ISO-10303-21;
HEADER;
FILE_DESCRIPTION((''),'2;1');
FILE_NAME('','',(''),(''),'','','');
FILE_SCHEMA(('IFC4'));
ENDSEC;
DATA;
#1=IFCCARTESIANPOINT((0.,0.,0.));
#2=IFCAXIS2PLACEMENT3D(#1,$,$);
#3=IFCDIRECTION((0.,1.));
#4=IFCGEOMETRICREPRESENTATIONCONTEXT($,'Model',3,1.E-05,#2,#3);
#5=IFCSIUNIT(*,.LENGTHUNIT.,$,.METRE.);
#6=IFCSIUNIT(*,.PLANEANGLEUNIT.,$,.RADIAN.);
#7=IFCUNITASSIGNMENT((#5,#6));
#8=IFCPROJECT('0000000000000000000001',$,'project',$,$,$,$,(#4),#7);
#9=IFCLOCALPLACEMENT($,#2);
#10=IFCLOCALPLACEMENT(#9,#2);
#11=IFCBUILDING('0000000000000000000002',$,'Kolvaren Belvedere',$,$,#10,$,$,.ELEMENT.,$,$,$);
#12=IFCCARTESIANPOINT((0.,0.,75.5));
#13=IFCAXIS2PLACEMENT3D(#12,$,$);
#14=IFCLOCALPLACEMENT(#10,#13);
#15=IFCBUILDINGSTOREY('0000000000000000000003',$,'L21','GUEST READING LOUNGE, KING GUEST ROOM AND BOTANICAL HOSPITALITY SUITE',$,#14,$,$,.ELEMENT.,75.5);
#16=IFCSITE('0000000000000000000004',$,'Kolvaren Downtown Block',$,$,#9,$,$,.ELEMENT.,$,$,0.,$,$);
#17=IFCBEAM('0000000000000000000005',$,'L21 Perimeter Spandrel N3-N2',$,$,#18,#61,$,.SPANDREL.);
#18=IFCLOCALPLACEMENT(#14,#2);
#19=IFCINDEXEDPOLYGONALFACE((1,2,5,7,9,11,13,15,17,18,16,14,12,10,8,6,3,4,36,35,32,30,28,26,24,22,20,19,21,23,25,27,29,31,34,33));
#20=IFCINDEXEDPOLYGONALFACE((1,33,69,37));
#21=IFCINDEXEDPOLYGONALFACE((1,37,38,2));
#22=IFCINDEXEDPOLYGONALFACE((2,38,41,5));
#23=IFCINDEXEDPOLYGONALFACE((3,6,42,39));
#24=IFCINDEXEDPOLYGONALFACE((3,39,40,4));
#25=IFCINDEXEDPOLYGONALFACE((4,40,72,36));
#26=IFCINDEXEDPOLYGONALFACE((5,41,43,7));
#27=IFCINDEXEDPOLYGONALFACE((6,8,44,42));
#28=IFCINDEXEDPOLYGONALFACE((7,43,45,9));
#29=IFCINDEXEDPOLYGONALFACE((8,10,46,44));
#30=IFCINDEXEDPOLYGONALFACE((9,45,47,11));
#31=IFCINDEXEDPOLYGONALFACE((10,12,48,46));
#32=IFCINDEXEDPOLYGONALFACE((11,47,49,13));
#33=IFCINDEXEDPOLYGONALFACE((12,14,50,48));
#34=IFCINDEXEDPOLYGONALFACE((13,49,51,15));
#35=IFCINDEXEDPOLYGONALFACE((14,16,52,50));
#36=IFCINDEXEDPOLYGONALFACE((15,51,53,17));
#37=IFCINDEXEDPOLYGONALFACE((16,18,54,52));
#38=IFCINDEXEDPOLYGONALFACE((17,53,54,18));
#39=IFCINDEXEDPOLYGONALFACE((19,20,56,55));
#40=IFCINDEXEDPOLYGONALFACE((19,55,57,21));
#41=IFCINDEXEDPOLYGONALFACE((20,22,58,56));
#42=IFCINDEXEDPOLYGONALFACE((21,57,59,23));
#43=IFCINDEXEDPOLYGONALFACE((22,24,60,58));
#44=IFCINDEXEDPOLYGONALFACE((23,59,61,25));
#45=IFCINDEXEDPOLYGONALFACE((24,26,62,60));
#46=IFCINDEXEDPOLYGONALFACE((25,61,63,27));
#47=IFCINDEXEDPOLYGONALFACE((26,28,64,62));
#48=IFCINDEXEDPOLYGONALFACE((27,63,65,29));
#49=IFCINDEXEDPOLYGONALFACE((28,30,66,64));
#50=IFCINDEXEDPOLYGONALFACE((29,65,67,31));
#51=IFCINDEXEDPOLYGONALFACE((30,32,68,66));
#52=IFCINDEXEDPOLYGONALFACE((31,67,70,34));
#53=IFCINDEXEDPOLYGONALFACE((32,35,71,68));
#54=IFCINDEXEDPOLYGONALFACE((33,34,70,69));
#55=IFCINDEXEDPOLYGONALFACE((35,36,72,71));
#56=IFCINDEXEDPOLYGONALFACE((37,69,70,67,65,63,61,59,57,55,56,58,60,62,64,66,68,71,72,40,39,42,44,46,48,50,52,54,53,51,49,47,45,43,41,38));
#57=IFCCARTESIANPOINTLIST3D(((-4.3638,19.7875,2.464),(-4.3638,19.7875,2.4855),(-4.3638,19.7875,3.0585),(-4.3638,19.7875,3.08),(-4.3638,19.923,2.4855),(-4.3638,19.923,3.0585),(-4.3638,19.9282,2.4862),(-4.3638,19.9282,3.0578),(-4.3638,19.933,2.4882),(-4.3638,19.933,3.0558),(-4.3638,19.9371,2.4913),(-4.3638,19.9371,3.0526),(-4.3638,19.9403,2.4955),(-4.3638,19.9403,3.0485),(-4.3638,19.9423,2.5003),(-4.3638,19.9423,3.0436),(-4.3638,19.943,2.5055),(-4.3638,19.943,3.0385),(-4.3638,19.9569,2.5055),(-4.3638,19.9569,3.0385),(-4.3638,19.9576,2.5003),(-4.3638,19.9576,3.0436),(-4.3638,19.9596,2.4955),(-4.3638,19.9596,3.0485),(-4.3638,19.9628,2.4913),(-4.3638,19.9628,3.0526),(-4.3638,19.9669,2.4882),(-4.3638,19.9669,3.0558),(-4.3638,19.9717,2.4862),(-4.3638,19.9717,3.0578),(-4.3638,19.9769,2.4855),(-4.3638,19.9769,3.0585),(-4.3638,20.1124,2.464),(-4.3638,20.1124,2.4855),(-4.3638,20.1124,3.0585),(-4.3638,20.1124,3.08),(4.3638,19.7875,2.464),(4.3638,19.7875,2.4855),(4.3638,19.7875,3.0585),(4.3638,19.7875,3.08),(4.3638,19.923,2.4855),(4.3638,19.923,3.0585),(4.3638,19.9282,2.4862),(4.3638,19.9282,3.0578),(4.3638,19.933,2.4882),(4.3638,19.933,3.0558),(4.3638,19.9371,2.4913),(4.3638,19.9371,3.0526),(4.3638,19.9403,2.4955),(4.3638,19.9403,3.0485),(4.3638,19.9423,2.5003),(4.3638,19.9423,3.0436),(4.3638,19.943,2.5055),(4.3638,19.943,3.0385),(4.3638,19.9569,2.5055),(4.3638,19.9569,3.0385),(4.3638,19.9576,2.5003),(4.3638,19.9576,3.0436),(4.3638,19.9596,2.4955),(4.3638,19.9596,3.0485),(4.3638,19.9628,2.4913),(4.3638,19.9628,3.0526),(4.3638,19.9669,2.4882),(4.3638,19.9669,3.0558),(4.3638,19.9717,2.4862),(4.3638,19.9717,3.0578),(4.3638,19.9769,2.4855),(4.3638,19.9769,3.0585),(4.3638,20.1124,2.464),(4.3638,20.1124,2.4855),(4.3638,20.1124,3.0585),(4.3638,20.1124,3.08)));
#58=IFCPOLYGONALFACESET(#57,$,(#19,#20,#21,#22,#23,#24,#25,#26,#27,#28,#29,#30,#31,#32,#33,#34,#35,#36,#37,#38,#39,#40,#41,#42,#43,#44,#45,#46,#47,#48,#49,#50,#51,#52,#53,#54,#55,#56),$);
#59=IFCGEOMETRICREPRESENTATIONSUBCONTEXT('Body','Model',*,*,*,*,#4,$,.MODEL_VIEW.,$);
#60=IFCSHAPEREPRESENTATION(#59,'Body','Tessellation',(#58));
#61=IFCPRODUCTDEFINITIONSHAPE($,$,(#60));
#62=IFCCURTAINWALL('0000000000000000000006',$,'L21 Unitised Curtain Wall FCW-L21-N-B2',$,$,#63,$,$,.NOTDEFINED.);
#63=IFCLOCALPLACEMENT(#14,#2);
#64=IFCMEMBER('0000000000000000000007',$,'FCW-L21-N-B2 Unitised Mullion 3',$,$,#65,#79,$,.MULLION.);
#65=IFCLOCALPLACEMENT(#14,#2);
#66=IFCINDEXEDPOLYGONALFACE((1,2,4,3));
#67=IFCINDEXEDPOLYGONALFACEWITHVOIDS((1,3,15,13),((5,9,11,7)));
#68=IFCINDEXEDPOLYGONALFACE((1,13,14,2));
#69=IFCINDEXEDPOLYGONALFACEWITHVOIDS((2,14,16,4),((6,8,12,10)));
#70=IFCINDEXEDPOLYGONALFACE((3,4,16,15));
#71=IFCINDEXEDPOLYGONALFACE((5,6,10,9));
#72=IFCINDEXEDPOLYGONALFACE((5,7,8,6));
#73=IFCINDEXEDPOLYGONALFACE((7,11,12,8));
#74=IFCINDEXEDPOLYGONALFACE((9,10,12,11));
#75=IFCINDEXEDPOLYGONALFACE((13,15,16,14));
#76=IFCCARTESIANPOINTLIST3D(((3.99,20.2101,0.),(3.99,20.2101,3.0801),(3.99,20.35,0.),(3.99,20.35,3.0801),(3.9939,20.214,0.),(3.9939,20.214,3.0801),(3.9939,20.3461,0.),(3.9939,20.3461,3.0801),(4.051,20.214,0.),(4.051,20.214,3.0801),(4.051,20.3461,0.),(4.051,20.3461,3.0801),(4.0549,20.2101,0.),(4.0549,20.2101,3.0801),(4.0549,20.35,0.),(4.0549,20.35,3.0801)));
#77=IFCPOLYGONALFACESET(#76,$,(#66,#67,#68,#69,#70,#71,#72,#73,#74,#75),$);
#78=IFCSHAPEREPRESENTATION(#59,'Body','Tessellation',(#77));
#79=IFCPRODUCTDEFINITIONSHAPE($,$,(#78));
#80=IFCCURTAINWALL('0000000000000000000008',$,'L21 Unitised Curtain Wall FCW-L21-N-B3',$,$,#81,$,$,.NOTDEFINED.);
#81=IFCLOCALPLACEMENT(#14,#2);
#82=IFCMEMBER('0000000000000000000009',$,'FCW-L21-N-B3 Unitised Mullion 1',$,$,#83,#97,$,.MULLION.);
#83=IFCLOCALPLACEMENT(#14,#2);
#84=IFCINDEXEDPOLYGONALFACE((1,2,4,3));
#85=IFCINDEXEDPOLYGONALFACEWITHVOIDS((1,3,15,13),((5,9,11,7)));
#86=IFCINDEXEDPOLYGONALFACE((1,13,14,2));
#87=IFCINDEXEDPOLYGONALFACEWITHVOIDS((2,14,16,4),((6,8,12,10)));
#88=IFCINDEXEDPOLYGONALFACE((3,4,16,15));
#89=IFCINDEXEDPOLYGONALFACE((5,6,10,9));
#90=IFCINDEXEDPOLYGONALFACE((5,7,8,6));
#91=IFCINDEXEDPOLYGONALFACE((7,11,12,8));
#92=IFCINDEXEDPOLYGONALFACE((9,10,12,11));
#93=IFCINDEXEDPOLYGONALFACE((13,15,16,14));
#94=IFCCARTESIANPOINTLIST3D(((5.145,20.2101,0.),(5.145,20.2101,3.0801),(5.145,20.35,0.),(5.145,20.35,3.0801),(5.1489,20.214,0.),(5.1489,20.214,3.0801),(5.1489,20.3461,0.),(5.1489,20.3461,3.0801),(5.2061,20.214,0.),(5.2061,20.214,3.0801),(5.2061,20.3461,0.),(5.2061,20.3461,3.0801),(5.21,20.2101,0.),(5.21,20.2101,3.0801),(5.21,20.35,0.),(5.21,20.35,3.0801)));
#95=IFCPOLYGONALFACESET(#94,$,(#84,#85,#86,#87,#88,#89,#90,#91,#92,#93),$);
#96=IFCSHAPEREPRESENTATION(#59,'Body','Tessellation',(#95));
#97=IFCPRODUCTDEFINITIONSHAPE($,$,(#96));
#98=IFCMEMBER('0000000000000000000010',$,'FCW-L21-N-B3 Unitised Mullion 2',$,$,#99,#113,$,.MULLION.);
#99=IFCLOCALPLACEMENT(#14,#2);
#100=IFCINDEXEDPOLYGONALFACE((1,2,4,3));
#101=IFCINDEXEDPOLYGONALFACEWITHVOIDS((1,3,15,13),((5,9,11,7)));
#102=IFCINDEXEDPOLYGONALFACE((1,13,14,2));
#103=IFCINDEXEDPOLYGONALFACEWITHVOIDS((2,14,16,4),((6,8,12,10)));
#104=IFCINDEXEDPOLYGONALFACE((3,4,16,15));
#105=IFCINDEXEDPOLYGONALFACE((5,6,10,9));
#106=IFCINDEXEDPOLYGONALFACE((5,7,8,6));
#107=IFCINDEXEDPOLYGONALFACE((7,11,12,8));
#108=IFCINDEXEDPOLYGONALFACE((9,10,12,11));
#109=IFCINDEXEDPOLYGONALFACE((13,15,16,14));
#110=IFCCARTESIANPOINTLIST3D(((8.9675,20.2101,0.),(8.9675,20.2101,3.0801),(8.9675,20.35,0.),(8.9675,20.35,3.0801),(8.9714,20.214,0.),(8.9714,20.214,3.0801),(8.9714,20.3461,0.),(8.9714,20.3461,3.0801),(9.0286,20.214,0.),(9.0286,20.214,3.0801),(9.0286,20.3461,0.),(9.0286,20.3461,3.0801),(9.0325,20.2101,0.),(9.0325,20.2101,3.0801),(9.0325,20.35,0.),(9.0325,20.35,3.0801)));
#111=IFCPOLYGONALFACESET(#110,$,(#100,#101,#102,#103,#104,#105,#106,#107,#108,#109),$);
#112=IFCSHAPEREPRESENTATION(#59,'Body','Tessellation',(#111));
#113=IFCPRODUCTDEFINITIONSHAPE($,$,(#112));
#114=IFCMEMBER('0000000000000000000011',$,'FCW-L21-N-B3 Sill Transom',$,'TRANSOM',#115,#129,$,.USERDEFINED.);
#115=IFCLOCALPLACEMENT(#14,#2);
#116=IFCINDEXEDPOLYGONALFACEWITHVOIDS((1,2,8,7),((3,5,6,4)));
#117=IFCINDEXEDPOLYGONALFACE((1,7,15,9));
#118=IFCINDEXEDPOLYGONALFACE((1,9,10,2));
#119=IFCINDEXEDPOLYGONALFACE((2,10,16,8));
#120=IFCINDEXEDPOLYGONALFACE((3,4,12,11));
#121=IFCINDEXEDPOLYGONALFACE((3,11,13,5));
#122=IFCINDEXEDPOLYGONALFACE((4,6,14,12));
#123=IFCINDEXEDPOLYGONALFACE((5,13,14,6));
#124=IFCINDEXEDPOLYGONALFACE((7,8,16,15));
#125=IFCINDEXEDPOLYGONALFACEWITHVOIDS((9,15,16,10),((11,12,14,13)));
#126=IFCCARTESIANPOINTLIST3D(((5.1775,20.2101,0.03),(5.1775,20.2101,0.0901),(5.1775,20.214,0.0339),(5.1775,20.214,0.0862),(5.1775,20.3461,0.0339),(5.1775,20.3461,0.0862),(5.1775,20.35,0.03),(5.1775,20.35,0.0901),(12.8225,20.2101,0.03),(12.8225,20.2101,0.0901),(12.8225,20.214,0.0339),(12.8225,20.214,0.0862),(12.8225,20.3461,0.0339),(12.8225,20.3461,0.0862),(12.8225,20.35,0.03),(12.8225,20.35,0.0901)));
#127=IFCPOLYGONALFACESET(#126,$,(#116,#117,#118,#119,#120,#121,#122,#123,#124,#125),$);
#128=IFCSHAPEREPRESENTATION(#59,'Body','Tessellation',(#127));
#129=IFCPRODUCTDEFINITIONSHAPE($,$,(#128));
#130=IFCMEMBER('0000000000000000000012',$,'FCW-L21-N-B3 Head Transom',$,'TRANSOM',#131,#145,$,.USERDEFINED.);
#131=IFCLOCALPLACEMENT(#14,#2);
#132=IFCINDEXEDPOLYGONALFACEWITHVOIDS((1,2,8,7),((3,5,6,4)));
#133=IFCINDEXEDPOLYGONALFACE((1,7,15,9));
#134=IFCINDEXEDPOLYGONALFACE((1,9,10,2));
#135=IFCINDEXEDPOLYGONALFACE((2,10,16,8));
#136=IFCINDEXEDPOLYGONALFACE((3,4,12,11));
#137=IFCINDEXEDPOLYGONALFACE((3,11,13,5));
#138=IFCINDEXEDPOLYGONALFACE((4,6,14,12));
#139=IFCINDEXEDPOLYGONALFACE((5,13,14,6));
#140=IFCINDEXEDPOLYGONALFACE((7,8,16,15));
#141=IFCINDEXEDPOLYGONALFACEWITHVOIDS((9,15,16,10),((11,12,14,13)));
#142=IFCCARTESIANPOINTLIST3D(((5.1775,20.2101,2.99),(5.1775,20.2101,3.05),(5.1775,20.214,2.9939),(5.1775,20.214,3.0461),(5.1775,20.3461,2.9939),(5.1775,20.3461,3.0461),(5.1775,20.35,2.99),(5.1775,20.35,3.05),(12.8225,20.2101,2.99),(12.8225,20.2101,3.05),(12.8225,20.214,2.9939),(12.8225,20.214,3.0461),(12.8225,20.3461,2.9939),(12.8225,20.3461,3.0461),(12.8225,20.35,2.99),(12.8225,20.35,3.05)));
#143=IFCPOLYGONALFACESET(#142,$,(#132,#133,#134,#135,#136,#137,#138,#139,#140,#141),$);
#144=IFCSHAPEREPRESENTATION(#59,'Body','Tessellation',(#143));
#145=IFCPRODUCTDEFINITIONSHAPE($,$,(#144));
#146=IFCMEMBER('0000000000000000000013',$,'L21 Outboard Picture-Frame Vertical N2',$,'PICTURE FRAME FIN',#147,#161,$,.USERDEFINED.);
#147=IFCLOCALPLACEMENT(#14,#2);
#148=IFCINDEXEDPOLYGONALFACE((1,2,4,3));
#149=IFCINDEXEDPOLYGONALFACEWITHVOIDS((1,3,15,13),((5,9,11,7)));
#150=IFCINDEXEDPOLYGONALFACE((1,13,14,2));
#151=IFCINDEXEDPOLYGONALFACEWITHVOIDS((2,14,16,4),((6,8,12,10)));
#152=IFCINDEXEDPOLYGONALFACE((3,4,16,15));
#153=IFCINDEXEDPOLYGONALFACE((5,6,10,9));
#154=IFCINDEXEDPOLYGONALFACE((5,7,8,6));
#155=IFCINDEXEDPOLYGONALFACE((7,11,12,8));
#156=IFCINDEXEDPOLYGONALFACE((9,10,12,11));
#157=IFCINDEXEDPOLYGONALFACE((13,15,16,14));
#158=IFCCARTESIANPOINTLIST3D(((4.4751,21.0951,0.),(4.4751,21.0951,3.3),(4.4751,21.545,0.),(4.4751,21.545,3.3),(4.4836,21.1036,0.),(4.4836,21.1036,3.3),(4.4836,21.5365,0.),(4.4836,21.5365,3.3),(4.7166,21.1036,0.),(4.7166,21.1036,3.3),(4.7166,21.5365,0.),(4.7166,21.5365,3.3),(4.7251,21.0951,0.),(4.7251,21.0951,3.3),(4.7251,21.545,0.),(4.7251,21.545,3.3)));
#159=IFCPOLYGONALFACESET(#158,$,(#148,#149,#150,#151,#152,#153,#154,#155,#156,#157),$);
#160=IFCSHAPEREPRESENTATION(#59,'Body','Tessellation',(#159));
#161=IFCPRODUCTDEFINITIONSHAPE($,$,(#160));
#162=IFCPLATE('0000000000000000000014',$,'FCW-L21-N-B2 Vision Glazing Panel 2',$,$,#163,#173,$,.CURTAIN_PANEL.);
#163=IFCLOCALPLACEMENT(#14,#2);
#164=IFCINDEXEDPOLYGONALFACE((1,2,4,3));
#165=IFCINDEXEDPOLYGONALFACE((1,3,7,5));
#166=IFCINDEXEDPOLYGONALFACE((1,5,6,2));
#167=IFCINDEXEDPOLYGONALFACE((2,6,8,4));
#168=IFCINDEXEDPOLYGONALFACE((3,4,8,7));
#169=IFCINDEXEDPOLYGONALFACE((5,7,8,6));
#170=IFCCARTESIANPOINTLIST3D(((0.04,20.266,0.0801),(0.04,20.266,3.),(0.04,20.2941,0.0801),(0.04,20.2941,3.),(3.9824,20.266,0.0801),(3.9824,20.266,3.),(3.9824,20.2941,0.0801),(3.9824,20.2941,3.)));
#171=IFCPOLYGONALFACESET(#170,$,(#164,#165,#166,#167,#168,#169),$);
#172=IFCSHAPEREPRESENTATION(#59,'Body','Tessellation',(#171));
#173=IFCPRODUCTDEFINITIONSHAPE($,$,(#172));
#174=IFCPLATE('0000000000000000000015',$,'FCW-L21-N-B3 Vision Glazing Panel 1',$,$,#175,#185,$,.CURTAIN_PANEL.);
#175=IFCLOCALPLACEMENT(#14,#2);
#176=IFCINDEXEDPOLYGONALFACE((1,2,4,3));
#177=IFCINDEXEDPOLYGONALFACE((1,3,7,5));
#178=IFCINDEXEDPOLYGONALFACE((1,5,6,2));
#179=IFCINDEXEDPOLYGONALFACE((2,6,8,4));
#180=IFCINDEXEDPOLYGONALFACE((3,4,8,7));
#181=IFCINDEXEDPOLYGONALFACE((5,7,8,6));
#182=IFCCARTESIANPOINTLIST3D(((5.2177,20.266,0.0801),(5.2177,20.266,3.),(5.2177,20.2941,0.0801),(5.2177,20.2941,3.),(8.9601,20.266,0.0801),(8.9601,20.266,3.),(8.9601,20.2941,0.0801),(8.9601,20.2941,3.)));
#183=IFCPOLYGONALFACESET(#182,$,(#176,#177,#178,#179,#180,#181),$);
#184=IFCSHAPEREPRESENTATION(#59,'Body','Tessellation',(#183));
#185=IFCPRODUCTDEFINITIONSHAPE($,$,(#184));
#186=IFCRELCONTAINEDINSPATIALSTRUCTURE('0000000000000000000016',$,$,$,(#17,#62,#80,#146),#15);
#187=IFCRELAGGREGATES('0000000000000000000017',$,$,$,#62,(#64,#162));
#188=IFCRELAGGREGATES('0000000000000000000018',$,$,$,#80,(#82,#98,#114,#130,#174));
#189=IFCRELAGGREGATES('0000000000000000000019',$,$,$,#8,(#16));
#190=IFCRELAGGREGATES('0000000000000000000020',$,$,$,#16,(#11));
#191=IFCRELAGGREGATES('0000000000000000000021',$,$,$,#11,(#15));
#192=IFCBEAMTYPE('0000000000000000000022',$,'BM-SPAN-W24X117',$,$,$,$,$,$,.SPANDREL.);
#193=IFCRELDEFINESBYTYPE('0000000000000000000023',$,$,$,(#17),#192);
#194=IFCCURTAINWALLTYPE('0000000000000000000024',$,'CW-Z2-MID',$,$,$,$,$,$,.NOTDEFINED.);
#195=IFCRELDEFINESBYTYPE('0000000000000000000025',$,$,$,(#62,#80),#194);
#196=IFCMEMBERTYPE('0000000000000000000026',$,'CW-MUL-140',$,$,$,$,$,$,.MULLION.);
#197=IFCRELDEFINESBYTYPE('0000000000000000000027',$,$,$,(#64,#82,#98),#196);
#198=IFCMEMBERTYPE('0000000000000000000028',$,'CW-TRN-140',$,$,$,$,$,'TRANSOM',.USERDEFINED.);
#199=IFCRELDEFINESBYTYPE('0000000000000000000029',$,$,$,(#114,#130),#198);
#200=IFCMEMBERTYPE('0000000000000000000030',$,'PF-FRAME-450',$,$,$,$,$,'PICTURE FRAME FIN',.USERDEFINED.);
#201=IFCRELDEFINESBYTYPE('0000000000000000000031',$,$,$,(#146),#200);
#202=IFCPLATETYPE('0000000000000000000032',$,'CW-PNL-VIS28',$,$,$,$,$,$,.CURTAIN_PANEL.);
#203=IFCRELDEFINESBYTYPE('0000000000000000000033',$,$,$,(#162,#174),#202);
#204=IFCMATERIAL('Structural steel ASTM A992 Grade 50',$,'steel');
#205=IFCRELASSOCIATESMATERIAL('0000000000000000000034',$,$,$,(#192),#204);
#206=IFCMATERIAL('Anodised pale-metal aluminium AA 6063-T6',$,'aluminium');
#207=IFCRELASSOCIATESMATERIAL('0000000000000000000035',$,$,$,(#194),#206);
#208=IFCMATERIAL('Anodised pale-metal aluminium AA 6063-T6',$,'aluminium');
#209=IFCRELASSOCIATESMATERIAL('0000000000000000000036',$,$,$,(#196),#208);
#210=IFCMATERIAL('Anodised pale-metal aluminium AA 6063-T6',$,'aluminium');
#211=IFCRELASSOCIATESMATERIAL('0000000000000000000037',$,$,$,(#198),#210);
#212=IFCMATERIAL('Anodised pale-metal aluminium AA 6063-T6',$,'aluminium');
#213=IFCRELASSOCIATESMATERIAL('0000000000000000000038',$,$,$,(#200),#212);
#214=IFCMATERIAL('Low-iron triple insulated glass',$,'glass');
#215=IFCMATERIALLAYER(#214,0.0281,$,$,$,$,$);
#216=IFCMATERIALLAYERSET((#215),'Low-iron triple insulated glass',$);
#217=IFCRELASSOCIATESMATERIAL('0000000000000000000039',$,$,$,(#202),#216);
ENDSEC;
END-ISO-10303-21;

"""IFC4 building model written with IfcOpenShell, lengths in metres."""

from ifc_helpers import new_model, si_unit, direction, frame, origin, origin_2d, place, context, subcontext, project, spatial, rectangle, hollow_rectangle, i_section, extrude, material, layer, layer_set, material_profile, profile_set, type_object, element, aggregate, save


model = new_model("IFC4")

# Units and contexts
model_context = context("Model", 3, precision=1e-05, world=origin(), true_north=direction((0.0, 1.0)))
body_context = subcontext(model_context, "Body", "Model", "MODEL_VIEW")
ifc_project = project(units=[si_unit("LENGTHUNIT", "METRE"), si_unit("PLANEANGLEUNIT", "RADIAN")], contexts=[model_context])

# Site, building, storey
site_placement = place(None, origin())
site = spatial("IfcSite", under=ifc_project, at=site_placement, Name="Kolvaren Downtown Block", CompositionType="ELEMENT", RefElevation=0.0)
building_placement = place(site_placement, origin())
building = spatial("IfcBuilding", under=site, at=building_placement, Name="Kolvaren Belvedere", CompositionType="ELEMENT")
storey_placement = place(building_placement, frame((0.0, 0.0, 75.5)))
storey = spatial("IfcBuildingStorey", under=building, at=storey_placement, Name="L21", Description="GUEST READING LOUNGE, KING GUEST ROOM AND BOTANICAL HOSPITALITY SUITE", CompositionType="ELEMENT", Elevation=75.5)

# Beam
ifc_material_1 = material(Name="Structural steel ASTM A992 Grade 50", Category="steel")
ifc_material_profile_1 = material_profile(ifc_material_1, i_section(OverallWidth=0.325, OverallDepth=0.616, WebThickness=0.0139, FlangeThickness=0.0215, FilletRadius=0.02, at=origin_2d()), Name="W24X117")
ifc_profile_set_1 = profile_set([ifc_material_profile_1], Name="Structural steel ASTM A992 Grade 50")
beam_type_1 = type_object("IfcBeamType", Name="BM-SPAN-W24X117", PredefinedType="SPANDREL", material=ifc_profile_set_1)
beam_1_placement = place(storey_placement, frame((4.3638, 19.95, 2.772), z_axis=(-1.0, 0.0, 0.0), x_axis=(0.0, -1.0, 0.0)))
element("IfcBeam", 1, at=beam_1_placement, inside=storey, type_object=beam_type_1, Name="L21 Perimeter Spandrel N3-N2", PredefinedType="SPANDREL", context=body_context, shape_type="SweptSolid", body=[
    extrude(i_section(OverallWidth=0.325, OverallDepth=0.616, WebThickness=0.0139, FlangeThickness=0.0215, FilletRadius=0.02, at=origin_2d()), origin(), (0.0, 0.0, 1.0), 8.7275),
])

# Curtain wall, member
ifc_material_2 = material(Name="Anodised pale-metal aluminium AA 6063-T6", Category="aluminium")
curtain_wall_type = type_object("IfcCurtainWallType", Name="CW-Z2-MID", PredefinedType="NOTDEFINED", material=ifc_material_2)
curtain_wall_1_placement = place(storey_placement, origin())
curtain_wall_1 = element("IfcCurtainWall", 2, at=curtain_wall_1_placement, inside=storey, type_object=curtain_wall_type, Name="L21 Unitised Curtain Wall FCW-L21-N-B2", PredefinedType="NOTDEFINED")
ifc_material_3 = material(Name="Anodised pale-metal aluminium AA 6063-T6", Category="aluminium")
ifc_material_profile_2 = material_profile(ifc_material_3, hollow_rectangle(XDim=0.0649, YDim=0.1399, WallThickness=0.0039, at=origin_2d()), Name="ALU-MUL-140X65")
ifc_profile_set_2 = profile_set([ifc_material_profile_2], Name="Anodised pale-metal aluminium AA 6063-T6")
member_type_1 = type_object("IfcMemberType", Name="CW-MUL-140", PredefinedType="MULLION", material=ifc_profile_set_2)
member_1_placement = place(storey_placement, frame((4.0225, 20.28, 0.0), z_axis=(0.0, 0.0, 1.0), x_axis=(1.0, 0.0, 0.0)))
member_1 = element("IfcMember", 3, at=member_1_placement, type_object=member_type_1, Name="FCW-L21-N-B2 Unitised Mullion 3", PredefinedType="MULLION", context=body_context, shape_type="SweptSolid", body=[
    extrude(hollow_rectangle(XDim=0.0649, YDim=0.1399, WallThickness=0.0039, at=origin_2d()), origin(), (0.0, 0.0, 1.0), 3.0801),
])

# Curtain wall, members
curtain_wall_2_placement = place(storey_placement, origin())
curtain_wall_2 = element("IfcCurtainWall", 4, at=curtain_wall_2_placement, inside=storey, type_object=curtain_wall_type, Name="L21 Unitised Curtain Wall FCW-L21-N-B3", PredefinedType="NOTDEFINED")
member_2_placement = place(storey_placement, frame((5.1775, 20.28, 0.0), z_axis=(0.0, 0.0, 1.0), x_axis=(1.0, 0.0, 0.0)))
member_2 = element("IfcMember", 5, at=member_2_placement, type_object=member_type_1, Name="FCW-L21-N-B3 Unitised Mullion 1", PredefinedType="MULLION", context=body_context, shape_type="SweptSolid", body=[
    extrude(hollow_rectangle(XDim=0.0649, YDim=0.1399, WallThickness=0.0039, at=origin_2d()), origin(), (0.0, 0.0, 1.0), 3.0801),
])
member_3_placement = place(storey_placement, frame((9.0, 20.28, 0.0), z_axis=(0.0, 0.0, 1.0), x_axis=(1.0, 0.0, 0.0)))
member_3 = element("IfcMember", 6, at=member_3_placement, type_object=member_type_1, Name="FCW-L21-N-B3 Unitised Mullion 2", PredefinedType="MULLION", context=body_context, shape_type="SweptSolid", body=[
    extrude(hollow_rectangle(XDim=0.0649, YDim=0.1399, WallThickness=0.0039, at=origin_2d()), origin(), (0.0, 0.0, 1.0), 3.0801),
])
ifc_material_4 = material(Name="Anodised pale-metal aluminium AA 6063-T6", Category="aluminium")
ifc_material_profile_3 = material_profile(ifc_material_4, hollow_rectangle(XDim=0.0601, YDim=0.1399, WallThickness=0.0039, at=origin_2d()), Name="ALU-TRN-140X60")
ifc_profile_set_3 = profile_set([ifc_material_profile_3], Name="Anodised pale-metal aluminium AA 6063-T6")
member_type_2 = type_object("IfcMemberType", Name="CW-TRN-140", ElementType="TRANSOM", PredefinedType="USERDEFINED", material=ifc_profile_set_3)
member_4_placement = place(storey_placement, frame((5.1775, 20.28, 0.0601), z_axis=(1.0, 0.0, 0.0), x_axis=(0.0, 0.0, 1.0)))
member_4 = element("IfcMember", 7, at=member_4_placement, type_object=member_type_2, Name="FCW-L21-N-B3 Sill Transom", ObjectType="TRANSOM", PredefinedType="USERDEFINED", context=body_context, shape_type="SweptSolid", body=[
    extrude(hollow_rectangle(XDim=0.0601, YDim=0.1399, WallThickness=0.0039, at=origin_2d()), origin(), (0.0, 0.0, 1.0), 7.645),
])
member_5_placement = place(storey_placement, frame((5.1775, 20.28, 3.02), z_axis=(1.0, 0.0, 0.0), x_axis=(0.0, 0.0, 1.0)))
member_5 = element("IfcMember", 8, at=member_5_placement, type_object=member_type_2, Name="FCW-L21-N-B3 Head Transom", ObjectType="TRANSOM", PredefinedType="USERDEFINED", context=body_context, shape_type="SweptSolid", body=[
    extrude(hollow_rectangle(XDim=0.0601, YDim=0.1399, WallThickness=0.0039, at=origin_2d()), origin(), (0.0, 0.0, 1.0), 7.645),
])

# Member
ifc_material_5 = material(Name="Anodised pale-metal aluminium AA 6063-T6", Category="aluminium")
ifc_material_profile_4 = material_profile(ifc_material_5, hollow_rectangle(XDim=0.25, YDim=0.45, WallThickness=0.0085, at=origin_2d()), Name="ALU-PF-450X250")
ifc_profile_set_4 = profile_set([ifc_material_profile_4], Name="Anodised pale-metal aluminium AA 6063-T6")
member_type_3 = type_object("IfcMemberType", Name="PF-FRAME-450", ElementType="PICTURE FRAME FIN", PredefinedType="USERDEFINED", material=ifc_profile_set_4)
member_6_placement = place(storey_placement, frame((4.6001, 21.3201, 0.0), z_axis=(0.0, 0.0, 1.0), x_axis=(1.0, 0.0, 0.0)))
element("IfcMember", 9, at=member_6_placement, inside=storey, type_object=member_type_3, Name="L21 Outboard Picture-Frame Vertical N2", ObjectType="PICTURE FRAME FIN", PredefinedType="USERDEFINED", context=body_context, shape_type="SweptSolid", body=[
    extrude(hollow_rectangle(XDim=0.25, YDim=0.45, WallThickness=0.0085, at=origin_2d()), origin(), (0.0, 0.0, 1.0), 3.3),
])

# Plates
ifc_material_6 = material(Name="Low-iron triple insulated glass", Category="glass")
ifc_layer_1 = layer(ifc_material_6, 0.0281)
ifc_layer_set_1 = layer_set([ifc_layer_1], Name="Low-iron triple insulated glass")
plate_type_1 = type_object("IfcPlateType", Name="CW-PNL-VIS28", PredefinedType="CURTAIN_PANEL", material=ifc_layer_set_1)
plate_1_placement = place(storey_placement, frame((2.0112, 20.28, 0.0801), z_axis=(0.0, 0.0, 1.0), x_axis=(1.0, 0.0, 0.0)))
plate_1 = element("IfcPlate", 10, at=plate_1_placement, type_object=plate_type_1, Name="FCW-L21-N-B2 Vision Glazing Panel 2", PredefinedType="CURTAIN_PANEL", context=body_context, shape_type="SweptSolid", body=[
    extrude(rectangle(XDim=3.9424, YDim=0.0281, at=origin_2d()), origin(), (0.0, 0.0, 1.0), 2.9199),
])
aggregate(curtain_wall_1, [member_1, plate_1])
plate_2_placement = place(storey_placement, frame((7.0889, 20.28, 0.0801), z_axis=(0.0, 0.0, 1.0), x_axis=(1.0, 0.0, 0.0)))
plate_2 = element("IfcPlate", 11, at=plate_2_placement, type_object=plate_type_1, Name="FCW-L21-N-B3 Vision Glazing Panel 1", PredefinedType="CURTAIN_PANEL", context=body_context, shape_type="SweptSolid", body=[
    extrude(rectangle(XDim=3.7424, YDim=0.0281, at=origin_2d()), origin(), (0.0, 0.0, 1.0), 2.9199),
])
aggregate(curtain_wall_2, [member_2, member_3, member_4, member_5, plate_2])

save(model, "model.ifc")
